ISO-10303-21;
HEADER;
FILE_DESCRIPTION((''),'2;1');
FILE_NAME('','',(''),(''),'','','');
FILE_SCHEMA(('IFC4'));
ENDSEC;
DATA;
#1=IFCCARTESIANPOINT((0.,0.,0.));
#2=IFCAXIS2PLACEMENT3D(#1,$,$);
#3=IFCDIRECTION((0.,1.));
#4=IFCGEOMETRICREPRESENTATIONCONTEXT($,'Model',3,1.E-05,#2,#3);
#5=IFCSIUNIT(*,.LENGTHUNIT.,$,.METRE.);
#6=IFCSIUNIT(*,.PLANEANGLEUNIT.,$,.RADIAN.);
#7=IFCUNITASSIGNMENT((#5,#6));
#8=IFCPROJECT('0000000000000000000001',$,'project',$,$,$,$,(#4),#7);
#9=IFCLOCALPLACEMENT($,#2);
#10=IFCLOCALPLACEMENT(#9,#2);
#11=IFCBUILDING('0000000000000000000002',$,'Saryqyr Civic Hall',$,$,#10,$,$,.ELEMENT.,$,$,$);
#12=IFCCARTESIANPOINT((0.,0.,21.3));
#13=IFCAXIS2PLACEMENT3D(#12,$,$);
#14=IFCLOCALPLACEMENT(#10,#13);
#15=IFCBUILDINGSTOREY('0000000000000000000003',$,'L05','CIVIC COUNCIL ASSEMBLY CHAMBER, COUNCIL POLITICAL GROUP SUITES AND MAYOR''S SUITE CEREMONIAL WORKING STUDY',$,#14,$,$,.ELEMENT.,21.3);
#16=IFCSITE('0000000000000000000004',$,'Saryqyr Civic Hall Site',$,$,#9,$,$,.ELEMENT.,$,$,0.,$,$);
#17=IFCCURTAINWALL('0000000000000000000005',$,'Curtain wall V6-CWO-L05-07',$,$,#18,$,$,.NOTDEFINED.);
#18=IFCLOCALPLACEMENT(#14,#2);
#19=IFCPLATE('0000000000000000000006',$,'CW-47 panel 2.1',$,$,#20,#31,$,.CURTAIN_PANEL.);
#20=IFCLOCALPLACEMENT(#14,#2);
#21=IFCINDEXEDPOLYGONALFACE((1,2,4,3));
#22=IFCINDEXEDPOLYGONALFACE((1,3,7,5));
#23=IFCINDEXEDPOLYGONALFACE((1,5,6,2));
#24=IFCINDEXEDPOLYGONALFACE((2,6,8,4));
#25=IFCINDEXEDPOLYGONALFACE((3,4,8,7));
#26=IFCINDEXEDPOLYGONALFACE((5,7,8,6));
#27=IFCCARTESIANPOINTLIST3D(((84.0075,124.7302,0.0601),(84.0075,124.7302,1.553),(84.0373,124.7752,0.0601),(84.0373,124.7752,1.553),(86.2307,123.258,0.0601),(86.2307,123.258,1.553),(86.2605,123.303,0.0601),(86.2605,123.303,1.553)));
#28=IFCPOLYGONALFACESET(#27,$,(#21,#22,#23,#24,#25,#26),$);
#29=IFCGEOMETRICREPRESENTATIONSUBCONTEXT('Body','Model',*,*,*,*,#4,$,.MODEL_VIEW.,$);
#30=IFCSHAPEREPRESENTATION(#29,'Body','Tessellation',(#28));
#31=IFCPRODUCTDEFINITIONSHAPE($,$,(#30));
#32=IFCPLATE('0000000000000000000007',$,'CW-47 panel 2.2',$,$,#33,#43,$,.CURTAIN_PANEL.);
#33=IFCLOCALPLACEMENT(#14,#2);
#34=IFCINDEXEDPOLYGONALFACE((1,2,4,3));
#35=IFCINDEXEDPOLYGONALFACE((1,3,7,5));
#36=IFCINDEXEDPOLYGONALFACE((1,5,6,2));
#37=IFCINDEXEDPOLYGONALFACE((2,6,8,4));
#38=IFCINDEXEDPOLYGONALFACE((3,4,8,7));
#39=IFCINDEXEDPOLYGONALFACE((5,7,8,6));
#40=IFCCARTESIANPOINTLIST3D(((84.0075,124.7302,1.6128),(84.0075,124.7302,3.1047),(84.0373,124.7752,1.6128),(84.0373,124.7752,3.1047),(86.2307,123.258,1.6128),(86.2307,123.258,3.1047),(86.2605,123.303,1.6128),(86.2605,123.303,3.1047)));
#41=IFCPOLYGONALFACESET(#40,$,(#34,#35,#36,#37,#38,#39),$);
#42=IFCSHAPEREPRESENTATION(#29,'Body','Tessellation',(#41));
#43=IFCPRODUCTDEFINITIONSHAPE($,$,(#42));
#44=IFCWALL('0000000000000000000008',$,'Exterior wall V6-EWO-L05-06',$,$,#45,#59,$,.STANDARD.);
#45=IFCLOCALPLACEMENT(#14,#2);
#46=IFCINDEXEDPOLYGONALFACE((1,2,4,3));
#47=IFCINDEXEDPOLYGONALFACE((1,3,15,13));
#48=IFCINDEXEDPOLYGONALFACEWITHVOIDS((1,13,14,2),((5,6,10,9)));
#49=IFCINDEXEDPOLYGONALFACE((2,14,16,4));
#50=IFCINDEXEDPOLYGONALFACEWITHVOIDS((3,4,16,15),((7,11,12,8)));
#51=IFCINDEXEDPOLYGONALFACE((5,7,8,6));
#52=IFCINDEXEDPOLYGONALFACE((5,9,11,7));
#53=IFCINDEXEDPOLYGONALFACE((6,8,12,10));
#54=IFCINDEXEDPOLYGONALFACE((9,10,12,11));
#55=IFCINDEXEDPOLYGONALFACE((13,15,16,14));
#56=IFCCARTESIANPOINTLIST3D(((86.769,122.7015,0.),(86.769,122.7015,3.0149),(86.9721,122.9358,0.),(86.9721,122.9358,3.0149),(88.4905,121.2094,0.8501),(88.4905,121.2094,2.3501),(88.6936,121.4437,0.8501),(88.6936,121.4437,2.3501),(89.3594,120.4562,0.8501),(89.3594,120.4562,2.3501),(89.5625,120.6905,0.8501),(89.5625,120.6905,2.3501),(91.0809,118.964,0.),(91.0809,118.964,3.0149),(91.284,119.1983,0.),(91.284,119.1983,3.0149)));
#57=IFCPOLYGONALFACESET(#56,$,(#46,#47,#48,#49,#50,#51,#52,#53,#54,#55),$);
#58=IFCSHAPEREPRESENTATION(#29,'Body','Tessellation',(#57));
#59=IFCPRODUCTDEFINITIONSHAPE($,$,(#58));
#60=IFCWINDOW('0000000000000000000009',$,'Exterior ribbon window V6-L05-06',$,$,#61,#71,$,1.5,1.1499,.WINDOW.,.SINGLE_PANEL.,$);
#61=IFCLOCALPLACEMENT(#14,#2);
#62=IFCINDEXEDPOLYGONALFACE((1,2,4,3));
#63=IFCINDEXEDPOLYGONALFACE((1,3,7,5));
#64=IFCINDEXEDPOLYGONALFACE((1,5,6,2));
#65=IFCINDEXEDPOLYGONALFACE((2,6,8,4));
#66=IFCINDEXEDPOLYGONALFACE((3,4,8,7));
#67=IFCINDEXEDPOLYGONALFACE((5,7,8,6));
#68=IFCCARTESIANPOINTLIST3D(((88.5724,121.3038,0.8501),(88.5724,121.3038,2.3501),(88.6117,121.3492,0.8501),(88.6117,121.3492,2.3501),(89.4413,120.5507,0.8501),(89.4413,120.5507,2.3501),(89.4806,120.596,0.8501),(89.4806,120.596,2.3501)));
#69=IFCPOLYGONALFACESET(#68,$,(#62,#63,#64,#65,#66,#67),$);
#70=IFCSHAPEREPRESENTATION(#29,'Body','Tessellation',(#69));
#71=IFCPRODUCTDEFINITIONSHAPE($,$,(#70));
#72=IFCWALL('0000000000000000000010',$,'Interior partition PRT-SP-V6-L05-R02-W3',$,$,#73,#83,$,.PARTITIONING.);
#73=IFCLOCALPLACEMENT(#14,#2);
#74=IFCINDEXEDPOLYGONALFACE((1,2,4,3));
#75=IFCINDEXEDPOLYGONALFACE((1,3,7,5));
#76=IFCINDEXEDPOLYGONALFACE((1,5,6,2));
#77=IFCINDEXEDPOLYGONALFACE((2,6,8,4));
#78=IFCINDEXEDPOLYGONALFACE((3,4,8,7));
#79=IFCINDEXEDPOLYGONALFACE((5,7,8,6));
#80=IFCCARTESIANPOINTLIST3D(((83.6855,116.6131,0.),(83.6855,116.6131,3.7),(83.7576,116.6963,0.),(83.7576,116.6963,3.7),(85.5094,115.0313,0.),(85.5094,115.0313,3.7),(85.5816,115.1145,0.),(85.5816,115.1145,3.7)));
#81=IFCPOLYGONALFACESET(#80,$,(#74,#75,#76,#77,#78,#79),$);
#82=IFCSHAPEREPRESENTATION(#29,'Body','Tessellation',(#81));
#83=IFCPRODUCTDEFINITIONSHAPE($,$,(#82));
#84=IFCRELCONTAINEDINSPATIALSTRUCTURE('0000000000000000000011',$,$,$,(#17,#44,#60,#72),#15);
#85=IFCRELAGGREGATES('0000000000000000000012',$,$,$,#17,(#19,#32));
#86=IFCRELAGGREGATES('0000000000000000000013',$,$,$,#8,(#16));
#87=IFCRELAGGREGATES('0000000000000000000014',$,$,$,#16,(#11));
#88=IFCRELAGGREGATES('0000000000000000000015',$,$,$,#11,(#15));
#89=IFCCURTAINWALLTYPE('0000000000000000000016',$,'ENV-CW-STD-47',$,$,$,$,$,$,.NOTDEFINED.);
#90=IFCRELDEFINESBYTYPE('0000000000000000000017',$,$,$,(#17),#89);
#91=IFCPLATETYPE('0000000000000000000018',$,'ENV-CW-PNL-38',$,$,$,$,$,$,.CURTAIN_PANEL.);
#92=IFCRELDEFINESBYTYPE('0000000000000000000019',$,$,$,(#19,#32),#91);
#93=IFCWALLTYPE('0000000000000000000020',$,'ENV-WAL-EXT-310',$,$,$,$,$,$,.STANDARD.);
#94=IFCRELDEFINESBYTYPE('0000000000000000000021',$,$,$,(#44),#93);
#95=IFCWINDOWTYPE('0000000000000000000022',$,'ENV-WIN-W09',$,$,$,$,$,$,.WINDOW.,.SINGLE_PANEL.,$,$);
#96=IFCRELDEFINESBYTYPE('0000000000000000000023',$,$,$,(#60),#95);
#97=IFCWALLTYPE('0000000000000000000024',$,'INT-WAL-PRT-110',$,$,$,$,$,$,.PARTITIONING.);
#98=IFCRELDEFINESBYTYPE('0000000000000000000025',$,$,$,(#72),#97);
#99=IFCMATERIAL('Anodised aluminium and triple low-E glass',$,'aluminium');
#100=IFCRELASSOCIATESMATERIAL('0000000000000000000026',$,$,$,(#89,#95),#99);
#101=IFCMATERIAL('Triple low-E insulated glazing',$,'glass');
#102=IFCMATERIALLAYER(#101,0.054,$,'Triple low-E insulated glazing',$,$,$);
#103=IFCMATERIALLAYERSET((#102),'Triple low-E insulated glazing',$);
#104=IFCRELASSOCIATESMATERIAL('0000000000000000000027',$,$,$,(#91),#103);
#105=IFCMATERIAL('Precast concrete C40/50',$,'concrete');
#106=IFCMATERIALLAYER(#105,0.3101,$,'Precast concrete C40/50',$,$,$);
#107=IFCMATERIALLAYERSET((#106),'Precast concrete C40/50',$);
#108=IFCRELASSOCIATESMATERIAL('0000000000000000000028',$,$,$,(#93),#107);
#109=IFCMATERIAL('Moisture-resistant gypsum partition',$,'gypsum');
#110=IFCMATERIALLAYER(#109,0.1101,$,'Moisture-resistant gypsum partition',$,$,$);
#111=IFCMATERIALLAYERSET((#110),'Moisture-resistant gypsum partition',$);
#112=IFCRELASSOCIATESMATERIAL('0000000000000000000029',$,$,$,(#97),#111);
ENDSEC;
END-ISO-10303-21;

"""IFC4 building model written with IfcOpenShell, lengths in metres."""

from ifc_helpers import new_model, si_unit, direction, frame, frame_2d, origin, origin_2d, place, context, subcontext, project, spatial, rectangle, extrude, material, layer, layer_set, type_object, element, fill, aggregate, save


model = new_model("IFC4")

# Units and contexts
model_context = context("Model", 3, precision=1e-05, world=origin(), true_north=direction((0.0, 1.0)))
body_context = subcontext(model_context, "Body", "Model", "MODEL_VIEW")
ifc_project = project(units=[si_unit("LENGTHUNIT", "METRE"), si_unit("PLANEANGLEUNIT", "RADIAN")], contexts=[model_context])

# Site, building, storey
site_placement = place(None, origin())
site = spatial("IfcSite", under=ifc_project, at=site_placement, Name="Saryqyr Civic Hall Site", CompositionType="ELEMENT", RefElevation=0.0)
building_placement = place(site_placement, origin())
building = spatial("IfcBuilding", under=site, at=building_placement, Name="Saryqyr Civic Hall", CompositionType="ELEMENT")
storey_placement = place(building_placement, frame((0.0, 0.0, 21.3)))
storey = spatial("IfcBuildingStorey", under=building, at=storey_placement, Name="L05", Description="CIVIC COUNCIL ASSEMBLY CHAMBER, COUNCIL POLITICAL GROUP SUITES AND MAYOR'S SUITE CEREMONIAL WORKING STUDY", CompositionType="ELEMENT", Elevation=21.3)

# Curtain wall
ifc_material_1 = material(Name="Anodised aluminium and triple low-E glass", Category="aluminium")
curtain_wall_type = type_object("IfcCurtainWallType", Name="ENV-CW-STD-47", PredefinedType="NOTDEFINED", material=ifc_material_1)
curtain_wall_placement = place(storey_placement, origin())
curtain_wall = element("IfcCurtainWall", 1, at=curtain_wall_placement, inside=storey, type_object=curtain_wall_type, Name="Curtain wall V6-CWO-L05-07", PredefinedType="NOTDEFINED")

# Plates
ifc_material_2 = material(Name="Triple low-E insulated glazing", Category="glass")
ifc_layer_1 = layer(ifc_material_2, 0.054, Name="Triple low-E insulated glazing")
ifc_layer_set_1 = layer_set([ifc_layer_1], Name="Triple low-E insulated glazing")
plate_type = type_object("IfcPlateType", Name="ENV-CW-PNL-38", PredefinedType="CURTAIN_PANEL", material=ifc_layer_set_1)
plate_1_placement = place(storey_placement, frame((85.134, 124.0166, 0.0601), z_axis=(0.0, 0.0, 1.0), x_axis=(0.833757, -0.552132, 0.0)))
plate_1 = element("IfcPlate", 2, at=plate_1_placement, type_object=plate_type, Name="CW-47 panel 2.1", PredefinedType="CURTAIN_PANEL", context=body_context, shape_type="SweptSolid", body=[
    extrude(rectangle(XDim=2.6665, YDim=0.054, at=origin_2d()), origin(), (0.0, 0.0, 1.0), 1.4929),
])
plate_2_placement = place(storey_placement, frame((85.134, 124.0166, 1.6128), z_axis=(0.0, 0.0, 1.0), x_axis=(0.833757, -0.552132, 0.0)))
plate_2 = element("IfcPlate", 3, at=plate_2_placement, type_object=plate_type, Name="CW-47 panel 2.2", PredefinedType="CURTAIN_PANEL", context=body_context, shape_type="SweptSolid", body=[
    extrude(rectangle(XDim=2.6665, YDim=0.054, at=origin_2d()), origin(), (0.0, 0.0, 1.0), 1.4919),
])
aggregate(curtain_wall, [plate_1, plate_2])

# Wall, opening, window
ifc_material_3 = material(Name="Precast concrete C40/50", Category="concrete")
ifc_layer_2 = layer(ifc_material_3, 0.3101, Name="Precast concrete C40/50")
ifc_layer_set_2 = layer_set([ifc_layer_2], Name="Precast concrete C40/50")
wall_type_1 = type_object("IfcWallType", Name="ENV-WAL-EXT-310", PredefinedType="STANDARD", material=ifc_layer_set_2)
wall_1_placement = place(storey_placement, frame((86.8706, 122.8186, 0.0), z_axis=(0.0, 0.0, 1.0), x_axis=(0.755648, -0.654978, 0.0)))
wall_1 = element("IfcWall", 4, at=wall_1_placement, inside=storey, type_object=wall_type_1, Name="Exterior wall V6-EWO-L05-06", PredefinedType="STANDARD", context=body_context, shape_type="SweptSolid", body=[
    extrude(rectangle(XDim=5.7063, YDim=0.3101, at=frame_2d((2.853, 0.0))), origin(), (0.0, 0.0, 1.0), 3.0149),
])
opening_placement = place(wall_1_placement, frame((2.2781, 0.0, 0.8501)))
opening = element("IfcOpeningElement", 5, at=opening_placement, cuts=wall_1, PredefinedType="OPENING", context=body_context, shape_type="SweptSolid", body=[
    extrude(rectangle(XDim=1.1499, YDim=1.5, at=frame_2d((0.575, 0.75))), frame((0.0, 0.165, 0.0), z_axis=(0.0, -1.0, 0.0), x_axis=(1.0, 0.0, 0.0)), (0.0, 0.0, 1.0), 0.3301),
])
window_type = type_object("IfcWindowType", Name="ENV-WIN-W09", PartitioningType="SINGLE_PANEL", PredefinedType="WINDOW", material=ifc_material_1)
window_placement = place(opening_placement, origin())
window = element("IfcWindow", 6, at=window_placement, inside=storey, type_object=window_type, Name="Exterior ribbon window V6-L05-06", OverallHeight=1.5, OverallWidth=1.1499, PartitioningType="SINGLE_PANEL", PredefinedType="WINDOW", context=body_context, shape_type="SweptSolid", body=[
    extrude(rectangle(XDim=1.1499, YDim=1.5, at=frame_2d((0.575, 0.75))), frame((0.0, 0.03, 0.0), z_axis=(0.0, -1.0, 0.0), x_axis=(1.0, 0.0, 0.0)), (0.0, 0.0, 1.0), 0.0601),
])
fill(opening, window)

# Wall
ifc_material_4 = material(Name="Moisture-resistant gypsum partition", Category="gypsum")
ifc_layer_3 = layer(ifc_material_4, 0.1101, Name="Moisture-resistant gypsum partition")
ifc_layer_set_3 = layer_set([ifc_layer_3], Name="Moisture-resistant gypsum partition")
wall_type_2 = type_object("IfcWallType", Name="INT-WAL-PRT-110", PredefinedType="PARTITIONING", material=ifc_layer_set_3)
wall_2_placement = place(storey_placement, frame((85.5454, 115.073, 0.0), z_axis=(0.0, 0.0, 1.0), x_axis=(-0.755482, 0.655169, 0.0)))
element("IfcWall", 7, at=wall_2_placement, inside=storey, type_object=wall_type_2, Name="Interior partition PRT-SP-V6-L05-R02-W3", PredefinedType="PARTITIONING", context=body_context, shape_type="SweptSolid", body=[
    extrude(rectangle(XDim=2.4143, YDim=0.1101, at=frame_2d((1.207, 0.0))), origin(), (0.0, 0.0, 1.0), 3.7),
])

save(model, "model.ifc")
